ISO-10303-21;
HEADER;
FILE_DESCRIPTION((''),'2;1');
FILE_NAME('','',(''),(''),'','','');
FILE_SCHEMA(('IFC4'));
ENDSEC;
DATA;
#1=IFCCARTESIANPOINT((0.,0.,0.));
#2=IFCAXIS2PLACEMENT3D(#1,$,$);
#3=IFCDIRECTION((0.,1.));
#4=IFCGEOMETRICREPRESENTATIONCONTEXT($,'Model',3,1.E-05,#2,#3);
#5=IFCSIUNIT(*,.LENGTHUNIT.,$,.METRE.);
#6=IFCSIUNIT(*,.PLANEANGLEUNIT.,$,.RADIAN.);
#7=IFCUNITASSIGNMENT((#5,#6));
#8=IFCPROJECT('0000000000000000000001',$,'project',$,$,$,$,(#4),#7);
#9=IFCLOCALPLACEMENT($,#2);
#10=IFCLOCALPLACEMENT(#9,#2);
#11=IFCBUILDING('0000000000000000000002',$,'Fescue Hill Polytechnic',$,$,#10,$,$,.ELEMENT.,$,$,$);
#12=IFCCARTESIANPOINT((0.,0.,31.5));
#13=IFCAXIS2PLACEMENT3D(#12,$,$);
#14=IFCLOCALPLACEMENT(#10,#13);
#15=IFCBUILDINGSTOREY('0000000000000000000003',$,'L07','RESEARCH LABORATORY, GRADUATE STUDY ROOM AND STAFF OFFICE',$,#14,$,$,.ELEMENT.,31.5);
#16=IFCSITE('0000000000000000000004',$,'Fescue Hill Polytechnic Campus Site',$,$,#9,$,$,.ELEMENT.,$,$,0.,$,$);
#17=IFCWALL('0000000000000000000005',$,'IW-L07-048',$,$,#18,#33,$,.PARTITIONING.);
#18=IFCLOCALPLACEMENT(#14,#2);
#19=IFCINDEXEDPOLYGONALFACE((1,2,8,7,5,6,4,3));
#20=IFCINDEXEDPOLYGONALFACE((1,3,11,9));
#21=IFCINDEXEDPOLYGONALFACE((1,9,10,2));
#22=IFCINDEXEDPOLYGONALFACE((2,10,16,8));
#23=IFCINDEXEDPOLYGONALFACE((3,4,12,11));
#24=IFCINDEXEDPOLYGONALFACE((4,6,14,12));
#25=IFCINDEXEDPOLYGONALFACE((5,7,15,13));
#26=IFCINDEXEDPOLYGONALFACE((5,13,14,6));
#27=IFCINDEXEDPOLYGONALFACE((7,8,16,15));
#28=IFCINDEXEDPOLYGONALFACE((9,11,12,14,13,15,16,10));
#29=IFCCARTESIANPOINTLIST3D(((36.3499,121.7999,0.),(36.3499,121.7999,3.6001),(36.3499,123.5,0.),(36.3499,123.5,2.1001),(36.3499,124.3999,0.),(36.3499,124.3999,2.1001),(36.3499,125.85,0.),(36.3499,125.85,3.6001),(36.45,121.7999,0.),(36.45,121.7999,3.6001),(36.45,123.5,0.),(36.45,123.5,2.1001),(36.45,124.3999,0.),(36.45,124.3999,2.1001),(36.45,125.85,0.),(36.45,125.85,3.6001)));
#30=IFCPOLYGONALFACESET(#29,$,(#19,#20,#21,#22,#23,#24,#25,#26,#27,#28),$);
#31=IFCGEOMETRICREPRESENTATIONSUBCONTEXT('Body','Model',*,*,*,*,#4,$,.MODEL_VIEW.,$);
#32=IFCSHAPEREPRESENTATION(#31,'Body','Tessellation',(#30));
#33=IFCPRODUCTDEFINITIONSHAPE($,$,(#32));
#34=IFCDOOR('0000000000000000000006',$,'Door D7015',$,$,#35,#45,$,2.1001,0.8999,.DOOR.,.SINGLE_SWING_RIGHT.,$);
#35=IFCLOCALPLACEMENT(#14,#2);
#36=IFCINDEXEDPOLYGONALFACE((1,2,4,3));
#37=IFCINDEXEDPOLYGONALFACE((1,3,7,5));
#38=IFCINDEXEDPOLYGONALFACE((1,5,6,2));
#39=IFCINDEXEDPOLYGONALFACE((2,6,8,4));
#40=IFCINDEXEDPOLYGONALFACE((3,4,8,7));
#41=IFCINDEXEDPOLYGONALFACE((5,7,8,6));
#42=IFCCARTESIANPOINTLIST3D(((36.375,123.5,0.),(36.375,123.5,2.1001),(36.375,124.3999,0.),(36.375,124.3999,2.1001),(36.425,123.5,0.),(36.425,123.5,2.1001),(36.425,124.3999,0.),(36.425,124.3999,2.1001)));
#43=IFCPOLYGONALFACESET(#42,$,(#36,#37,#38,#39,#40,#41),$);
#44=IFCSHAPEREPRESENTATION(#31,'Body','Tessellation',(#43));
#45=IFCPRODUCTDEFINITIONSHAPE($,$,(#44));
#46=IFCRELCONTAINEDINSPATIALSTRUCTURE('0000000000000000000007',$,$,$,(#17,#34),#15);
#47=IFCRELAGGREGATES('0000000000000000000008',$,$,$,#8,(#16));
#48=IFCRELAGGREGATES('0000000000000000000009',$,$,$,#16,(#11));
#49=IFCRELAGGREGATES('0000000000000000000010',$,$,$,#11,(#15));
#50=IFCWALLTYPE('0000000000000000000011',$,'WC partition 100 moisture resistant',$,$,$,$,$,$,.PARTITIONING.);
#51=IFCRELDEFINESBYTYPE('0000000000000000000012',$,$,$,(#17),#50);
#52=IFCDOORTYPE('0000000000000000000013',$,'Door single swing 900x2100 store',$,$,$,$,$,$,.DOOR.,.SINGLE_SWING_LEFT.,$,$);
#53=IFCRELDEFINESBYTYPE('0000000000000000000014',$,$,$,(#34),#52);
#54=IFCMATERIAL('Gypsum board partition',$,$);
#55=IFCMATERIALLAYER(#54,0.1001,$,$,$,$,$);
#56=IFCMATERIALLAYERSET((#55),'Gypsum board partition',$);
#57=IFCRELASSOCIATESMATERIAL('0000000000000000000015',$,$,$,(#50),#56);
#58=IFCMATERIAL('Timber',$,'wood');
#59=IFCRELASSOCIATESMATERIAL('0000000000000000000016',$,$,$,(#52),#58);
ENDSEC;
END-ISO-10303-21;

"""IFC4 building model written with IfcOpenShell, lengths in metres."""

from ifc_helpers import new_model, si_unit, direction, frame, frame_2d, origin, place, context, subcontext, project, spatial, rectangle, extrude, material, layer, layer_set, type_object, element, fill, save


model = new_model("IFC4")

# Units and contexts
model_context = context("Model", 3, precision=1e-05, world=origin(), true_north=direction((0.0, 1.0)))
body_context = subcontext(model_context, "Body", "Model", "MODEL_VIEW")
ifc_project = project(units=[si_unit("LENGTHUNIT", "METRE"), si_unit("PLANEANGLEUNIT", "RADIAN")], contexts=[model_context])

# Site, building, storey
site_placement = place(None, origin())
site = spatial("IfcSite", under=ifc_project, at=site_placement, Name="Fescue Hill Polytechnic Campus Site", CompositionType="ELEMENT", RefElevation=0.0)
building_placement = place(site_placement, origin())
building = spatial("IfcBuilding", under=site, at=building_placement, Name="Fescue Hill Polytechnic", CompositionType="ELEMENT")
storey_placement = place(building_placement, frame((0.0, 0.0, 31.5)))
storey = spatial("IfcBuildingStorey", under=building, at=storey_placement, Name="L07", Description="RESEARCH LABORATORY, GRADUATE STUDY ROOM AND STAFF OFFICE", CompositionType="ELEMENT", Elevation=31.5)

# Shared definitions
ifc_material_1 = material(Name="Gypsum board partition")

# Shared definitions
ifc_layer_1 = layer(ifc_material_1, 0.1001)
ifc_layer_set_1 = layer_set([ifc_layer_1], Name="Gypsum board partition")
wall_type_1 = type_object("IfcWallType", Name="WC partition 100 moisture resistant", PredefinedType="PARTITIONING", material=ifc_layer_set_1)

# Wall, opening, door
wall_1_placement = place(storey_placement, frame((36.3999, 121.8, 0.0), z_axis=(0.0, 0.0, 1.0), x_axis=(0.0, 1.0, 0.0)))
wall_1 = element("IfcWall", 1, at=wall_1_placement, inside=storey, type_object=wall_type_1, Name="IW-L07-048", PredefinedType="PARTITIONING", context=body_context, shape_type="SweptSolid", body=[
    extrude(rectangle(XDim=4.05, YDim=0.1001, at=frame_2d((2.0249, 0.0))), origin(), (0.0, 0.0, 1.0), 3.6001),
])
opening_1_placement = place(wall_1_placement, frame((1.7, 0.0, 0.0)))
opening_1 = element("IfcOpeningElement", 2, at=opening_1_placement, cuts=wall_1, PredefinedType="OPENING", context=body_context, shape_type="SweptSolid", body=[
    extrude(rectangle(XDim=0.8999, YDim=2.1001, at=frame_2d((0.45, 1.05))), frame((0.0, 0.0601, 0.0), z_axis=(0.0, -1.0, 0.0), x_axis=(1.0, 0.0, 0.0)), (0.0, 0.0, 1.0), 0.1201),
])
ifc_material_2 = material(Name="Timber", Category="wood")
door_type_1 = type_object("IfcDoorType", Name="Door single swing 900x2100 store", OperationType="SINGLE_SWING_LEFT", PredefinedType="DOOR", material=ifc_material_2)
door_1_placement = place(opening_1_placement, origin())
door_1 = element("IfcDoor", 3, at=door_1_placement, inside=storey, type_object=door_type_1, Name="Door D7015", OperationType="SINGLE_SWING_RIGHT", OverallHeight=2.1001, OverallWidth=0.8999, PredefinedType="DOOR", context=body_context, shape_type="SweptSolid", body=[
    extrude(rectangle(XDim=0.8999, YDim=2.1001, at=frame_2d((0.45, 1.05))), frame((0.0, 0.0249, 0.0), z_axis=(0.0, -1.0, 0.0), x_axis=(1.0, 0.0, 0.0)), (0.0, 0.0, 1.0), 0.05),
])
fill(opening_1, door_1)

save(model, "model.ifc")
